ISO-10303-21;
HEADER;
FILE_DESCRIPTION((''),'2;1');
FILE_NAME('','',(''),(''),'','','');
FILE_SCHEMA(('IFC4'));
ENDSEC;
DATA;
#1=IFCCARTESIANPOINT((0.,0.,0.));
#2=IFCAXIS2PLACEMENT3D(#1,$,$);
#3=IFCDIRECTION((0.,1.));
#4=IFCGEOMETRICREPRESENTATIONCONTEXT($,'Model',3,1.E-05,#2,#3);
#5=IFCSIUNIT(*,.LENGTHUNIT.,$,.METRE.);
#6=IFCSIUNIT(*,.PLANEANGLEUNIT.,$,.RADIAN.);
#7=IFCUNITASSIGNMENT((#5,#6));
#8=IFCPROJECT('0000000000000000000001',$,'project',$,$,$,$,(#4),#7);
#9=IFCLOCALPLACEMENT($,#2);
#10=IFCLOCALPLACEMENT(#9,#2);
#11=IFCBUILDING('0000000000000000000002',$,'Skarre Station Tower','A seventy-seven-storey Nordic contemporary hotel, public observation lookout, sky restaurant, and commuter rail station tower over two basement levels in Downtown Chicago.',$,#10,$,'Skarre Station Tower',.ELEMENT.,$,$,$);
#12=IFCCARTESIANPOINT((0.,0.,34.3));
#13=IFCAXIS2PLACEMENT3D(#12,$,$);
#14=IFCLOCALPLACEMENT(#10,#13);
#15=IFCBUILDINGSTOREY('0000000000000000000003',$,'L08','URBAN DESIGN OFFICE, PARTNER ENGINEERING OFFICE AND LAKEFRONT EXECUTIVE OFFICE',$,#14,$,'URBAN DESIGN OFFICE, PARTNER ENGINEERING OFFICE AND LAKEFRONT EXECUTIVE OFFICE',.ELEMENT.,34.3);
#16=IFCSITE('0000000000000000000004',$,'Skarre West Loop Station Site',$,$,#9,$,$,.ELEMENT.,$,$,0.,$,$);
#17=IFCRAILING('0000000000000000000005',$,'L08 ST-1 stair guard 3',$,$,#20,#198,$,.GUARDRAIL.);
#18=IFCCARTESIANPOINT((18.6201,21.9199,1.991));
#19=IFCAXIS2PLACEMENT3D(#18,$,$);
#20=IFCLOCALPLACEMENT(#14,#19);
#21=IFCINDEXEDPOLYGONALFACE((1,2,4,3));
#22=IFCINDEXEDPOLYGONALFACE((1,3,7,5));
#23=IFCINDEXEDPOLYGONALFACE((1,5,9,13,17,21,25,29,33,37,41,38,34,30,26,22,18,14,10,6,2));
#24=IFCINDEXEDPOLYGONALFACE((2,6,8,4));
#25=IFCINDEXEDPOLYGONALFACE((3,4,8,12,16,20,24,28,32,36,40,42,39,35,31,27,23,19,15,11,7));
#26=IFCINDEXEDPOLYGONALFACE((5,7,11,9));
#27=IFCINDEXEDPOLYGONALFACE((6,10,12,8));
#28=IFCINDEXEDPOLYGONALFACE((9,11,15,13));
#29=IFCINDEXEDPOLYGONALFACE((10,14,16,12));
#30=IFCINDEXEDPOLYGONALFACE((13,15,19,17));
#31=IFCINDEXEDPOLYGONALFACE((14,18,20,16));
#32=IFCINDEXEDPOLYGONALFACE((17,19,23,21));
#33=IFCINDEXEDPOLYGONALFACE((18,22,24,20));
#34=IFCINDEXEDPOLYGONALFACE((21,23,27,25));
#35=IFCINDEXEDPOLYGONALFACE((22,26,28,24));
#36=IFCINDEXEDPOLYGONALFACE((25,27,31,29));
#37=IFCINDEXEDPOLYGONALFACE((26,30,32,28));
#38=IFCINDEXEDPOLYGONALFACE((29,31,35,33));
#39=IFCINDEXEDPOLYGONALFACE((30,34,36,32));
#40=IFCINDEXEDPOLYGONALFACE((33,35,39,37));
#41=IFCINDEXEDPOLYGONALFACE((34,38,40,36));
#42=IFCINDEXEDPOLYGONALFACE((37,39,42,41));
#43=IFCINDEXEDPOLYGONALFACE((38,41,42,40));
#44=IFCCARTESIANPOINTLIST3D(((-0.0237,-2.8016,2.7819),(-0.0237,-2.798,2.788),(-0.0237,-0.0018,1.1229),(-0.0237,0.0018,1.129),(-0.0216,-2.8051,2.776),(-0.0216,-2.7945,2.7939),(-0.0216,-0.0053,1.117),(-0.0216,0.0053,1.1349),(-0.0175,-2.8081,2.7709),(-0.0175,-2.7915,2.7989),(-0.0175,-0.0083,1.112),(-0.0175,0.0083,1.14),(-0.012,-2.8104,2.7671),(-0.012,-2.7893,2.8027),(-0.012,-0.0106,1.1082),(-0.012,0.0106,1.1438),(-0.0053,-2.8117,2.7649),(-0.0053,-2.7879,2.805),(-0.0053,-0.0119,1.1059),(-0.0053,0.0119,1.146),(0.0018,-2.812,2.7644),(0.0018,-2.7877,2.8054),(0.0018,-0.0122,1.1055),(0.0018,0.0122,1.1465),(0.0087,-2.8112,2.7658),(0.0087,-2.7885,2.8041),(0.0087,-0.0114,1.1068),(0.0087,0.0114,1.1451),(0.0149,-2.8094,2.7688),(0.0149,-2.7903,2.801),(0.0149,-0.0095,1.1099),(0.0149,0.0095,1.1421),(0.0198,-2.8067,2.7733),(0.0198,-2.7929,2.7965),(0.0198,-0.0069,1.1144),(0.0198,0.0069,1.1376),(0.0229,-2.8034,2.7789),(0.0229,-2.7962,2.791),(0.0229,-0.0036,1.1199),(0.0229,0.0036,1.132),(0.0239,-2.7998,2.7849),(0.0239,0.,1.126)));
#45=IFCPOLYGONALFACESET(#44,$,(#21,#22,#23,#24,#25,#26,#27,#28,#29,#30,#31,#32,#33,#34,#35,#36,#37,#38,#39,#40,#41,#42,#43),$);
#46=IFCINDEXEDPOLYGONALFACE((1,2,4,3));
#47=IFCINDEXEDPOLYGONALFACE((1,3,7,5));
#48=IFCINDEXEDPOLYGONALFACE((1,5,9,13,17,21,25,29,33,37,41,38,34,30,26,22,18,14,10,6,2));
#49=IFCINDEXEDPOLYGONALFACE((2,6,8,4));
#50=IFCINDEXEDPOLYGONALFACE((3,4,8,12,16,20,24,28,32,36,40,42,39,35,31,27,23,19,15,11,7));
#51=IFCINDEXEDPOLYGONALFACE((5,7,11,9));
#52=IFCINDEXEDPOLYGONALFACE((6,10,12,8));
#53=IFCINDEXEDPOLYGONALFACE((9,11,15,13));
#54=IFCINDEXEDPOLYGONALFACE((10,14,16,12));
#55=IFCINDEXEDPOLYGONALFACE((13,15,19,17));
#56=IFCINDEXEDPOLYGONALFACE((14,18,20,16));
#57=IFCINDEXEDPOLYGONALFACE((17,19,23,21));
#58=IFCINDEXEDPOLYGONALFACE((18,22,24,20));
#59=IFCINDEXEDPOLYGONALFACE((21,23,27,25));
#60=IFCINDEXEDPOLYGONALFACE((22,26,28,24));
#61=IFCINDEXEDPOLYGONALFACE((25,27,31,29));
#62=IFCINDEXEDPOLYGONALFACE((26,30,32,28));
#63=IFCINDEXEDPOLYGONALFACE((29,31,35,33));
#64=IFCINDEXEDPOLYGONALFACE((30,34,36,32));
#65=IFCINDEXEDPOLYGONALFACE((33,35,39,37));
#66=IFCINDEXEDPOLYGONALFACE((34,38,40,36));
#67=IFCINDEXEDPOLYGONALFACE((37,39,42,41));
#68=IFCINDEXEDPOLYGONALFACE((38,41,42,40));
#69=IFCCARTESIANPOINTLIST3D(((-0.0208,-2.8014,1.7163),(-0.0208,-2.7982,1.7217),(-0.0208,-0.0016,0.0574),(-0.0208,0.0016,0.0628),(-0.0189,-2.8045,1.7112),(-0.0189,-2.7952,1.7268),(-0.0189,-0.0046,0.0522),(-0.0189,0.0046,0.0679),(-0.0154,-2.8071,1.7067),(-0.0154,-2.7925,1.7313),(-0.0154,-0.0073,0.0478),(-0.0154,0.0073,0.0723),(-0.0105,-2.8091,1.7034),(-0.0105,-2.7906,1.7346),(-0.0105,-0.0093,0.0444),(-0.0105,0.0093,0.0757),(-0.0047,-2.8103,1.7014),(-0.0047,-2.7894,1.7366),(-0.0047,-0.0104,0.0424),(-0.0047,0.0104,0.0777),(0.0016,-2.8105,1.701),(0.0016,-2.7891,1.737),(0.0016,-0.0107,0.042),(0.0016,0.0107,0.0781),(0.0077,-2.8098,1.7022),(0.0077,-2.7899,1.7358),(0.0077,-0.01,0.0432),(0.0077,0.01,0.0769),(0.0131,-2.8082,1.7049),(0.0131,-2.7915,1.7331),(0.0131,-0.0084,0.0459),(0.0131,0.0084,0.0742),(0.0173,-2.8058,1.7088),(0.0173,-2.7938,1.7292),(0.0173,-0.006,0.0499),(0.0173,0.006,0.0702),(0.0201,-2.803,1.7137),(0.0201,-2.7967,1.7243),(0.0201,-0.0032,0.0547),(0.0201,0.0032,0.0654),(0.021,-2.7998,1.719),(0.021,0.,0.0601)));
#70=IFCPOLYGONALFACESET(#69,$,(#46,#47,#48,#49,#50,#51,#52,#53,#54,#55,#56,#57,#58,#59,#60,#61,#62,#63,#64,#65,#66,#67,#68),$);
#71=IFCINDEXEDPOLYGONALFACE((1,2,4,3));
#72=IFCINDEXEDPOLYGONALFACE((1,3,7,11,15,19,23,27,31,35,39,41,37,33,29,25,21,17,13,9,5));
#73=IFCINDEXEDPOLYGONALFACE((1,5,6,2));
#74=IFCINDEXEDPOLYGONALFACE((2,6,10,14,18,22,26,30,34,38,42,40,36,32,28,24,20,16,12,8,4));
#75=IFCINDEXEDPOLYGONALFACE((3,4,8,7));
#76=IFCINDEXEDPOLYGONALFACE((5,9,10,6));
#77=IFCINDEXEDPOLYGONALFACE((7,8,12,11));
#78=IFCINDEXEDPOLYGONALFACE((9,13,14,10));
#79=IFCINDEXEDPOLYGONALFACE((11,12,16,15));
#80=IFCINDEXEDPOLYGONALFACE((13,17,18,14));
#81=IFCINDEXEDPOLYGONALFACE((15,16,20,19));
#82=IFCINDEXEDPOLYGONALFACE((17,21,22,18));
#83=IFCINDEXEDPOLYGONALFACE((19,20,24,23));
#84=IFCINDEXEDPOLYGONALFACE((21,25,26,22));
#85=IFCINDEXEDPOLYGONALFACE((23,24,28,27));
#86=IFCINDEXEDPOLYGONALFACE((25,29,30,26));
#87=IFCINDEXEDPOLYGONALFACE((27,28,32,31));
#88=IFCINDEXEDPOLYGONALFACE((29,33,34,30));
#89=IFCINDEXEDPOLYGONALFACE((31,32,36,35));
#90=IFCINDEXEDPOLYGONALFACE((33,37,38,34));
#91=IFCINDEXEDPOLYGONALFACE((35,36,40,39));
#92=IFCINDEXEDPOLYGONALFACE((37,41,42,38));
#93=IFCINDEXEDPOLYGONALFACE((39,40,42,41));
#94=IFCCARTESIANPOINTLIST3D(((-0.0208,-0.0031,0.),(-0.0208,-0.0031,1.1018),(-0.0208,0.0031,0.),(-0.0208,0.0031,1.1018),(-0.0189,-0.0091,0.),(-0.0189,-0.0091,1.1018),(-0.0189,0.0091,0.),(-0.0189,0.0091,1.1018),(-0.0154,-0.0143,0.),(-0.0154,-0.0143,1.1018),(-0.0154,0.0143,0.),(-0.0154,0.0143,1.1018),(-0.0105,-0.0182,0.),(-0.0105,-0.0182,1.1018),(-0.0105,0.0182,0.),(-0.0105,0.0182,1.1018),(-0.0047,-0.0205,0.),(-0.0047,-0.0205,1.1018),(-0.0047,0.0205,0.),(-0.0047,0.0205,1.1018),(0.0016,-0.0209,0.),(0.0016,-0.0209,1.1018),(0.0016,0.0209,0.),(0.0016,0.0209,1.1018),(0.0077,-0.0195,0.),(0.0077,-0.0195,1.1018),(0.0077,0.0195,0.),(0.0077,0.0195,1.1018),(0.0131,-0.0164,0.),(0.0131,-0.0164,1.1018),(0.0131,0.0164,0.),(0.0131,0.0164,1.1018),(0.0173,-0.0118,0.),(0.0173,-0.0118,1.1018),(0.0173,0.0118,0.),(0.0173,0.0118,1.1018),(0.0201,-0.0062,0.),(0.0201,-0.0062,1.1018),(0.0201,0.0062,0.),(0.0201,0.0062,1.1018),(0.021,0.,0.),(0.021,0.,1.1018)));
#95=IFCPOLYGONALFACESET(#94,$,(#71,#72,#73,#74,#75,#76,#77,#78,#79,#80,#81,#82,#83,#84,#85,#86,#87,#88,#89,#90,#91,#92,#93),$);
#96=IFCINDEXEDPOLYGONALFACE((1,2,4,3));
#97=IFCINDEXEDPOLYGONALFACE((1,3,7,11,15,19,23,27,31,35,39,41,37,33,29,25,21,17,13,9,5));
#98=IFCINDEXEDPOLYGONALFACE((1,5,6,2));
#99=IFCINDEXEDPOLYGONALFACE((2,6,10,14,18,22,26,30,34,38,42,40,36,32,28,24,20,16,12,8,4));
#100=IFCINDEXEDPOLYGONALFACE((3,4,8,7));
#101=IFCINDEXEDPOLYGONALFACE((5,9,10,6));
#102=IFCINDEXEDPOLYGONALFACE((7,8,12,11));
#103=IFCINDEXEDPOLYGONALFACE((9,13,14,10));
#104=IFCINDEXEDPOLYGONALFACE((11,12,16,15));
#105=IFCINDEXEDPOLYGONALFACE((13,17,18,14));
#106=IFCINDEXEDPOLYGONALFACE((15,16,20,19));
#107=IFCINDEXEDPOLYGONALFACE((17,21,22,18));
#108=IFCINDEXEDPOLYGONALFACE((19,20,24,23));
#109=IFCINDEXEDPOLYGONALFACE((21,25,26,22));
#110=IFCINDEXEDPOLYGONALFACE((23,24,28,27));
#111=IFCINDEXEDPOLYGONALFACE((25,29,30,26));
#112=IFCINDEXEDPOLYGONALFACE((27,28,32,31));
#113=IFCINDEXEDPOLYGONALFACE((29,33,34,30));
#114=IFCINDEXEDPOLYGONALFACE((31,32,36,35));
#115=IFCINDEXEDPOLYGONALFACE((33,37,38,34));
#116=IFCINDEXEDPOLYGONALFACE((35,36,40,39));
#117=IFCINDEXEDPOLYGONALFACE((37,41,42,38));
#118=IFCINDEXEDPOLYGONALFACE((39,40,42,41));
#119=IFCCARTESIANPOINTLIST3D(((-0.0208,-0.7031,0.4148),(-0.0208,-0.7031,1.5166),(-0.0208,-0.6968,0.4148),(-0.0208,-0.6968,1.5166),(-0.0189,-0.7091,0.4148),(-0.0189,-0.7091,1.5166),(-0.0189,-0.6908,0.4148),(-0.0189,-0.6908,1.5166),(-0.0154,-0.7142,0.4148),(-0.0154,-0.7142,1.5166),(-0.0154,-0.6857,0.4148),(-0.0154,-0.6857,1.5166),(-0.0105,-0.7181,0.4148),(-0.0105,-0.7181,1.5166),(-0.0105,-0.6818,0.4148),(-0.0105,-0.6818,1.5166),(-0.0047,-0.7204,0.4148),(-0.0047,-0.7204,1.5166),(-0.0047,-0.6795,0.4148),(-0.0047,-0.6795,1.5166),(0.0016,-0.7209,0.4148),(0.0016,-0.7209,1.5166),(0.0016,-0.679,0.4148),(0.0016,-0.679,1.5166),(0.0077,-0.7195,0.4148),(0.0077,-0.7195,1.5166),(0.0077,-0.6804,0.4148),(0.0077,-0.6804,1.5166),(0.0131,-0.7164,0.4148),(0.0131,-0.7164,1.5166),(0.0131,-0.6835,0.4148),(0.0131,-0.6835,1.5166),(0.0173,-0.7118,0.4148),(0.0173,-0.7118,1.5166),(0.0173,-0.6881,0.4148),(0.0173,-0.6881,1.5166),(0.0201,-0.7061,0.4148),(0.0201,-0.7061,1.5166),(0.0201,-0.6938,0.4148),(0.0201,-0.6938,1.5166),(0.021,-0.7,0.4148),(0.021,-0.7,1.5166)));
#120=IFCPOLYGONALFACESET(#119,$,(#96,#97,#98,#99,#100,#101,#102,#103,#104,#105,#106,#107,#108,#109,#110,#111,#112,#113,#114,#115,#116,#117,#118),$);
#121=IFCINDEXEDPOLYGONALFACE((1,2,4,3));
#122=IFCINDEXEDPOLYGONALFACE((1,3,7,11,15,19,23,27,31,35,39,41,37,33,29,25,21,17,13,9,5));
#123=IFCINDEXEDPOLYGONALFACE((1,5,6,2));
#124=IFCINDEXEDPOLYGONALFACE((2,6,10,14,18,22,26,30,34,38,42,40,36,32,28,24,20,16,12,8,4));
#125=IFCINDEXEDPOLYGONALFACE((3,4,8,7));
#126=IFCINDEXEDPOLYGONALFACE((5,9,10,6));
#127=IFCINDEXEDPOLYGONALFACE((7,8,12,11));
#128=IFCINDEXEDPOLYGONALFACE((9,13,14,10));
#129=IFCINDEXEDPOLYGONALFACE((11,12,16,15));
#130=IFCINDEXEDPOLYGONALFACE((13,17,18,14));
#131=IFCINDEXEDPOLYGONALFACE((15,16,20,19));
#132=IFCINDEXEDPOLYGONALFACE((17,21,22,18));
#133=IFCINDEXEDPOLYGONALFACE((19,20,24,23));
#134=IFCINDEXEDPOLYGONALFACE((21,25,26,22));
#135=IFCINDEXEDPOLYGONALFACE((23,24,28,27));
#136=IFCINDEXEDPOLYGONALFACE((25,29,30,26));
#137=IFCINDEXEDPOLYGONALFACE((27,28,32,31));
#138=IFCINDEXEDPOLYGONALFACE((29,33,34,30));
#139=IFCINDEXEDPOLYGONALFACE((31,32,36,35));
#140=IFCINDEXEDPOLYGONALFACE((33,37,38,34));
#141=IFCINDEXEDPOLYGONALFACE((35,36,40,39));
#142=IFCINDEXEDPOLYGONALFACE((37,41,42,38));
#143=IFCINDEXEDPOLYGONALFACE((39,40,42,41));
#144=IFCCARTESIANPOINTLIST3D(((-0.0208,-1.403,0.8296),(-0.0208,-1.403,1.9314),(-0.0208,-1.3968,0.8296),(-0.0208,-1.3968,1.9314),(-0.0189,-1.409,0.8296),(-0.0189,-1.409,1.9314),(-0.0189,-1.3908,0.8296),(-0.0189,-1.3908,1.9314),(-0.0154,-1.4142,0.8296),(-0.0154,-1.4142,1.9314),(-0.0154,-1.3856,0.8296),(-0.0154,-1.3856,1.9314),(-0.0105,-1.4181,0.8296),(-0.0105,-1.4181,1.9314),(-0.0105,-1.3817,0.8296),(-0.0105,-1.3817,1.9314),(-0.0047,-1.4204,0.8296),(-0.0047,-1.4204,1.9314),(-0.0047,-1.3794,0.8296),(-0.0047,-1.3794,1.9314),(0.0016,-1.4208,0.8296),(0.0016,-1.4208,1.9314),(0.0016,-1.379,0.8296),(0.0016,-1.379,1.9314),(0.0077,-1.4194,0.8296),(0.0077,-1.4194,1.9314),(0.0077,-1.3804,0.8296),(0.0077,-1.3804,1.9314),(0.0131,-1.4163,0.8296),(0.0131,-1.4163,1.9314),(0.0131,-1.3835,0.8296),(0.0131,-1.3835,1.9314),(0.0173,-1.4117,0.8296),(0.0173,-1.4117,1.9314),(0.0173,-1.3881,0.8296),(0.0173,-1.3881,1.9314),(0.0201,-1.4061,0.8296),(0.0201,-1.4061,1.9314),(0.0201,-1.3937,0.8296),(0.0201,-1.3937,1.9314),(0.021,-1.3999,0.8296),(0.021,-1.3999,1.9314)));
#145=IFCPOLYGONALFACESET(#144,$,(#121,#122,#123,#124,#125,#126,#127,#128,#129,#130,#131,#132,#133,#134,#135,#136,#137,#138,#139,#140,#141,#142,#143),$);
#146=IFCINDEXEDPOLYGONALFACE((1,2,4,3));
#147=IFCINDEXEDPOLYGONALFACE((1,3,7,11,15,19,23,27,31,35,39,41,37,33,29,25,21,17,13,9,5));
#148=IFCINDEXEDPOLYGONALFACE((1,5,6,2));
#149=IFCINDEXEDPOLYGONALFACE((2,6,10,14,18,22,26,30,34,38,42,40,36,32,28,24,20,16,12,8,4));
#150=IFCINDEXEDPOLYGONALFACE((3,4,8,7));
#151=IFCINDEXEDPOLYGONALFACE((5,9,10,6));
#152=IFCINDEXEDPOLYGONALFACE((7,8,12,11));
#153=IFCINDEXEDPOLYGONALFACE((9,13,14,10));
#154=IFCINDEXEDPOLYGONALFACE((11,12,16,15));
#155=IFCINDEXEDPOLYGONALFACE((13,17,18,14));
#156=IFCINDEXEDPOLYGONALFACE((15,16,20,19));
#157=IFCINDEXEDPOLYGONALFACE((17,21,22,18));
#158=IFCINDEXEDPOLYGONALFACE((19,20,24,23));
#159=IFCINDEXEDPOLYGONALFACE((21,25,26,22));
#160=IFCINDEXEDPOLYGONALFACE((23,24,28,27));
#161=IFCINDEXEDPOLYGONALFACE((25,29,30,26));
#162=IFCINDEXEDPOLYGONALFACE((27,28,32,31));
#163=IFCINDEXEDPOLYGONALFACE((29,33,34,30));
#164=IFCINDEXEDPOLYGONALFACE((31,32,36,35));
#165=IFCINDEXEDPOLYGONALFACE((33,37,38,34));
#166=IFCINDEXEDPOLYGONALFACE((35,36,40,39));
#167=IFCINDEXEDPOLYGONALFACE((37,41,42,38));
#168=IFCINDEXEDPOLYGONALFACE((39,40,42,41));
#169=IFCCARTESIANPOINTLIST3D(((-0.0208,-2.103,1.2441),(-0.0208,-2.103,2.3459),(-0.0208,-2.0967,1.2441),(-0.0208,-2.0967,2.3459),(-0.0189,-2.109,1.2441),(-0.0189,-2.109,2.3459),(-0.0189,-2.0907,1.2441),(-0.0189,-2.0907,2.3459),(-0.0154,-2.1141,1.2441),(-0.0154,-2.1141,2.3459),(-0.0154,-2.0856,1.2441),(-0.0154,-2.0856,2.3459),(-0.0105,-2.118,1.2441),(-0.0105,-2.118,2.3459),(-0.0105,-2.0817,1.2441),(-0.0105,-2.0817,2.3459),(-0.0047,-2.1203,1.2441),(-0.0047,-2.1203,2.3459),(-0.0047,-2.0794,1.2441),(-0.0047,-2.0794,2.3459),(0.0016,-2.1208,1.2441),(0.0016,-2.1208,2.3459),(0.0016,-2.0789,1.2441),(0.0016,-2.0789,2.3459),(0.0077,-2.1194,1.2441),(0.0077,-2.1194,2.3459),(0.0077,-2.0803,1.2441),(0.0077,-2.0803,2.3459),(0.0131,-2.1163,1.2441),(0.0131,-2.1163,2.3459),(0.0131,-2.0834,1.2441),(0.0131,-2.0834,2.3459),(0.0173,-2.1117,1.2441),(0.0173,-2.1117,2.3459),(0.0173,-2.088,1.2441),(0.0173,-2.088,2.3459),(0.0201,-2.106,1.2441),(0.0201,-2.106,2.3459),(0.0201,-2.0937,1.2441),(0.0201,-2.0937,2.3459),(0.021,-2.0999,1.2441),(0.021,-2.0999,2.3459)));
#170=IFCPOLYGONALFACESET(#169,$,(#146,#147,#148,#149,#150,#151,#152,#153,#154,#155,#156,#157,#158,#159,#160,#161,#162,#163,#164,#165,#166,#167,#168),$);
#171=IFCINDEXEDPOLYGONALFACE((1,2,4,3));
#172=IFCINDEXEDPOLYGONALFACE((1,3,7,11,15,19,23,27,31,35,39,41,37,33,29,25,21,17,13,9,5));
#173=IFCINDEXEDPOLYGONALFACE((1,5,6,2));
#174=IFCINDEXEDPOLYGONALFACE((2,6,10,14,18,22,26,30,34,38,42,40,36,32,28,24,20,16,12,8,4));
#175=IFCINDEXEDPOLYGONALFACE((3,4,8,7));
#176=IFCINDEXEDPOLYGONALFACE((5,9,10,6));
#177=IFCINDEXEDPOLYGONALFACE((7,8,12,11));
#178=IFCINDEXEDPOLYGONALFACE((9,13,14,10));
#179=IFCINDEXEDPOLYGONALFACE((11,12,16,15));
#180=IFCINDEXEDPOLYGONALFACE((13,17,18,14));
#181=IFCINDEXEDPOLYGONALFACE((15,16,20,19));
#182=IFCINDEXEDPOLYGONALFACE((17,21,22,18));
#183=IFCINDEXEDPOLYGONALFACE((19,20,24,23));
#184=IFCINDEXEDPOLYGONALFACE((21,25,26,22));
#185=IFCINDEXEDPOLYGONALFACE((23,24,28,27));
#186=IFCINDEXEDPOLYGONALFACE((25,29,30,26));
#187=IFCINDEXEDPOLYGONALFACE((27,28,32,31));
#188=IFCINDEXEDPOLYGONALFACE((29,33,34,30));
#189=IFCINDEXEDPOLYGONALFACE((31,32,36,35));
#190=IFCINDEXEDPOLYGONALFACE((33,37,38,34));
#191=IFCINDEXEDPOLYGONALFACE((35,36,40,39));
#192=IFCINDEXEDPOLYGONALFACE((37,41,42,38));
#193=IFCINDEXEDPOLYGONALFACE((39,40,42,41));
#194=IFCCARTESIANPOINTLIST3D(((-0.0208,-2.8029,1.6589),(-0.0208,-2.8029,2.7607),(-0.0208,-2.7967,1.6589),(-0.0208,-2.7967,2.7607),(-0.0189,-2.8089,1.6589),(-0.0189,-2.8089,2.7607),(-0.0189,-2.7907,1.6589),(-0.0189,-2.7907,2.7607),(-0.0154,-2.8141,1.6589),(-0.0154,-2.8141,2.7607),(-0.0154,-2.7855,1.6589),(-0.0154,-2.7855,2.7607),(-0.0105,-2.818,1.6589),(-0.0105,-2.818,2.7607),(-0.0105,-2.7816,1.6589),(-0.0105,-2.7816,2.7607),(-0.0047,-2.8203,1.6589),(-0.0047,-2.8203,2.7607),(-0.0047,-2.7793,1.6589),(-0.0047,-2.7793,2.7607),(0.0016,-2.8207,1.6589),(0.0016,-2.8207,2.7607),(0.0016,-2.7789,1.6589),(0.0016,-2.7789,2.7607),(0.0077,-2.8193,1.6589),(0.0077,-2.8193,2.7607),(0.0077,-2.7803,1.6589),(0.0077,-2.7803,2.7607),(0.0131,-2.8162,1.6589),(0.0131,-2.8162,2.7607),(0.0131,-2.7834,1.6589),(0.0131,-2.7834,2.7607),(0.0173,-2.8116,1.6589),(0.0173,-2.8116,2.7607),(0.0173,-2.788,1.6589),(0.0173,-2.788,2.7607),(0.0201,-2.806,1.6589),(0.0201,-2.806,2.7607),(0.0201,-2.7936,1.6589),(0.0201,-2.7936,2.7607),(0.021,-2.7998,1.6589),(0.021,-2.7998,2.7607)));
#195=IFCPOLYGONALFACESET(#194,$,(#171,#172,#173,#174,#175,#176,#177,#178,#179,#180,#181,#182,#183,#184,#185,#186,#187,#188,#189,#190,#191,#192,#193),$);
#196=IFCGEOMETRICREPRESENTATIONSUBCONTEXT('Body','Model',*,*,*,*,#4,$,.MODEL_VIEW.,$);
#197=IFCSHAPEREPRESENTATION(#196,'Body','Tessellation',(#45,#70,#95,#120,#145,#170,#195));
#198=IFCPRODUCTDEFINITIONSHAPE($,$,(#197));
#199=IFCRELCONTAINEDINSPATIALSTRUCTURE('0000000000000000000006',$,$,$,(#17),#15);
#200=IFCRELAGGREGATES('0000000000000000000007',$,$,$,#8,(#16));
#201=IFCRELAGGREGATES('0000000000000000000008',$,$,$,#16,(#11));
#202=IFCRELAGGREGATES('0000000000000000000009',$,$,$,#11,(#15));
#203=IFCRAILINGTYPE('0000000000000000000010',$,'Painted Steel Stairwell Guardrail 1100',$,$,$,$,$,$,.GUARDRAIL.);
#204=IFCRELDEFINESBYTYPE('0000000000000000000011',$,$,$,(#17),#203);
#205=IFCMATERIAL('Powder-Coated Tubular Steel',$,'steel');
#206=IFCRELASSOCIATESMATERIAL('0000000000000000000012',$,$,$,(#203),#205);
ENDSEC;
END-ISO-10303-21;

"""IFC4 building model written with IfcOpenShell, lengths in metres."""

from ifc_helpers import new_model, si_unit, direction, frame, origin, origin_2d, place, context, subcontext, project, spatial, circle, extrude, material, type_object, element, save


model = new_model("IFC4")

# Units and contexts
model_context = context("Model", 3, precision=1e-05, world=origin(), true_north=direction((0.0, 1.0)))
body_context = subcontext(model_context, "Body", "Model", "MODEL_VIEW")
ifc_project = project(units=[si_unit("LENGTHUNIT", "METRE"), si_unit("PLANEANGLEUNIT", "RADIAN")], contexts=[model_context])

# Site, building, storey
site_placement = place(None, origin())
site = spatial("IfcSite", under=ifc_project, at=site_placement, Name="Skarre West Loop Station Site", CompositionType="ELEMENT", RefElevation=0.0)
building_placement = place(site_placement, origin())
building = spatial("IfcBuilding", under=site, at=building_placement, Name="Skarre Station Tower", Description="A seventy-seven-storey Nordic contemporary hotel, public observation lookout, sky restaurant, and commuter rail station tower over two basement levels in Downtown Chicago.", LongName="Skarre Station Tower", CompositionType="ELEMENT")
storey_placement = place(building_placement, frame((0.0, 0.0, 34.3)))
storey = spatial("IfcBuildingStorey", under=building, at=storey_placement, Name="L08", Description="URBAN DESIGN OFFICE, PARTNER ENGINEERING OFFICE AND LAKEFRONT EXECUTIVE OFFICE", LongName="URBAN DESIGN OFFICE, PARTNER ENGINEERING OFFICE AND LAKEFRONT EXECUTIVE OFFICE", CompositionType="ELEMENT", Elevation=34.3)

# Railing
ifc_material_1 = material(Name="Powder-Coated Tubular Steel", Category="steel")
railing_type_1 = type_object("IfcRailingType", Name="Painted Steel Stairwell Guardrail 1100", PredefinedType="GUARDRAIL", material=ifc_material_1)
railing_1_placement = place(storey_placement, frame((18.6201, 21.9199, 1.991)))
element("IfcRailing", 1, at=railing_1_placement, inside=storey, type_object=railing_type_1, Name="L08 ST-1 stair guard 3", PredefinedType="GUARDRAIL", context=body_context, shape_type="SweptSolid", body=[
    extrude(circle(Radius=0.0239, at=origin_2d()), frame((0.0, 0.0, 1.126), z_axis=(0.0, -0.86032, 0.509755), x_axis=(1.0, 0.0, 0.0)), (0.0, 0.0, 1.0), 3.2544),
    extrude(circle(Radius=0.021, at=origin_2d()), frame((0.0, 0.0, 0.0601), z_axis=(0.0, -0.86032, 0.509755), x_axis=(1.0, 0.0, 0.0)), (0.0, 0.0, 1.0), 3.2544),
    extrude(circle(Radius=0.021, at=origin_2d()), origin(), (0.0, 0.0, 1.0), 1.1018),
    extrude(circle(Radius=0.021, at=origin_2d()), frame((0.0, -0.7, 0.4148)), (0.0, 0.0, 1.0), 1.1018),
    extrude(circle(Radius=0.021, at=origin_2d()), frame((0.0, -1.3999, 0.8296)), (0.0, 0.0, 1.0), 1.1018),
    extrude(circle(Radius=0.021, at=origin_2d()), frame((0.0, -2.0999, 1.2441)), (0.0, 0.0, 1.0), 1.1018),
    extrude(circle(Radius=0.021, at=origin_2d()), frame((0.0, -2.7998, 1.6589)), (0.0, 0.0, 1.0), 1.1018),
])

save(model, "model.ifc")
